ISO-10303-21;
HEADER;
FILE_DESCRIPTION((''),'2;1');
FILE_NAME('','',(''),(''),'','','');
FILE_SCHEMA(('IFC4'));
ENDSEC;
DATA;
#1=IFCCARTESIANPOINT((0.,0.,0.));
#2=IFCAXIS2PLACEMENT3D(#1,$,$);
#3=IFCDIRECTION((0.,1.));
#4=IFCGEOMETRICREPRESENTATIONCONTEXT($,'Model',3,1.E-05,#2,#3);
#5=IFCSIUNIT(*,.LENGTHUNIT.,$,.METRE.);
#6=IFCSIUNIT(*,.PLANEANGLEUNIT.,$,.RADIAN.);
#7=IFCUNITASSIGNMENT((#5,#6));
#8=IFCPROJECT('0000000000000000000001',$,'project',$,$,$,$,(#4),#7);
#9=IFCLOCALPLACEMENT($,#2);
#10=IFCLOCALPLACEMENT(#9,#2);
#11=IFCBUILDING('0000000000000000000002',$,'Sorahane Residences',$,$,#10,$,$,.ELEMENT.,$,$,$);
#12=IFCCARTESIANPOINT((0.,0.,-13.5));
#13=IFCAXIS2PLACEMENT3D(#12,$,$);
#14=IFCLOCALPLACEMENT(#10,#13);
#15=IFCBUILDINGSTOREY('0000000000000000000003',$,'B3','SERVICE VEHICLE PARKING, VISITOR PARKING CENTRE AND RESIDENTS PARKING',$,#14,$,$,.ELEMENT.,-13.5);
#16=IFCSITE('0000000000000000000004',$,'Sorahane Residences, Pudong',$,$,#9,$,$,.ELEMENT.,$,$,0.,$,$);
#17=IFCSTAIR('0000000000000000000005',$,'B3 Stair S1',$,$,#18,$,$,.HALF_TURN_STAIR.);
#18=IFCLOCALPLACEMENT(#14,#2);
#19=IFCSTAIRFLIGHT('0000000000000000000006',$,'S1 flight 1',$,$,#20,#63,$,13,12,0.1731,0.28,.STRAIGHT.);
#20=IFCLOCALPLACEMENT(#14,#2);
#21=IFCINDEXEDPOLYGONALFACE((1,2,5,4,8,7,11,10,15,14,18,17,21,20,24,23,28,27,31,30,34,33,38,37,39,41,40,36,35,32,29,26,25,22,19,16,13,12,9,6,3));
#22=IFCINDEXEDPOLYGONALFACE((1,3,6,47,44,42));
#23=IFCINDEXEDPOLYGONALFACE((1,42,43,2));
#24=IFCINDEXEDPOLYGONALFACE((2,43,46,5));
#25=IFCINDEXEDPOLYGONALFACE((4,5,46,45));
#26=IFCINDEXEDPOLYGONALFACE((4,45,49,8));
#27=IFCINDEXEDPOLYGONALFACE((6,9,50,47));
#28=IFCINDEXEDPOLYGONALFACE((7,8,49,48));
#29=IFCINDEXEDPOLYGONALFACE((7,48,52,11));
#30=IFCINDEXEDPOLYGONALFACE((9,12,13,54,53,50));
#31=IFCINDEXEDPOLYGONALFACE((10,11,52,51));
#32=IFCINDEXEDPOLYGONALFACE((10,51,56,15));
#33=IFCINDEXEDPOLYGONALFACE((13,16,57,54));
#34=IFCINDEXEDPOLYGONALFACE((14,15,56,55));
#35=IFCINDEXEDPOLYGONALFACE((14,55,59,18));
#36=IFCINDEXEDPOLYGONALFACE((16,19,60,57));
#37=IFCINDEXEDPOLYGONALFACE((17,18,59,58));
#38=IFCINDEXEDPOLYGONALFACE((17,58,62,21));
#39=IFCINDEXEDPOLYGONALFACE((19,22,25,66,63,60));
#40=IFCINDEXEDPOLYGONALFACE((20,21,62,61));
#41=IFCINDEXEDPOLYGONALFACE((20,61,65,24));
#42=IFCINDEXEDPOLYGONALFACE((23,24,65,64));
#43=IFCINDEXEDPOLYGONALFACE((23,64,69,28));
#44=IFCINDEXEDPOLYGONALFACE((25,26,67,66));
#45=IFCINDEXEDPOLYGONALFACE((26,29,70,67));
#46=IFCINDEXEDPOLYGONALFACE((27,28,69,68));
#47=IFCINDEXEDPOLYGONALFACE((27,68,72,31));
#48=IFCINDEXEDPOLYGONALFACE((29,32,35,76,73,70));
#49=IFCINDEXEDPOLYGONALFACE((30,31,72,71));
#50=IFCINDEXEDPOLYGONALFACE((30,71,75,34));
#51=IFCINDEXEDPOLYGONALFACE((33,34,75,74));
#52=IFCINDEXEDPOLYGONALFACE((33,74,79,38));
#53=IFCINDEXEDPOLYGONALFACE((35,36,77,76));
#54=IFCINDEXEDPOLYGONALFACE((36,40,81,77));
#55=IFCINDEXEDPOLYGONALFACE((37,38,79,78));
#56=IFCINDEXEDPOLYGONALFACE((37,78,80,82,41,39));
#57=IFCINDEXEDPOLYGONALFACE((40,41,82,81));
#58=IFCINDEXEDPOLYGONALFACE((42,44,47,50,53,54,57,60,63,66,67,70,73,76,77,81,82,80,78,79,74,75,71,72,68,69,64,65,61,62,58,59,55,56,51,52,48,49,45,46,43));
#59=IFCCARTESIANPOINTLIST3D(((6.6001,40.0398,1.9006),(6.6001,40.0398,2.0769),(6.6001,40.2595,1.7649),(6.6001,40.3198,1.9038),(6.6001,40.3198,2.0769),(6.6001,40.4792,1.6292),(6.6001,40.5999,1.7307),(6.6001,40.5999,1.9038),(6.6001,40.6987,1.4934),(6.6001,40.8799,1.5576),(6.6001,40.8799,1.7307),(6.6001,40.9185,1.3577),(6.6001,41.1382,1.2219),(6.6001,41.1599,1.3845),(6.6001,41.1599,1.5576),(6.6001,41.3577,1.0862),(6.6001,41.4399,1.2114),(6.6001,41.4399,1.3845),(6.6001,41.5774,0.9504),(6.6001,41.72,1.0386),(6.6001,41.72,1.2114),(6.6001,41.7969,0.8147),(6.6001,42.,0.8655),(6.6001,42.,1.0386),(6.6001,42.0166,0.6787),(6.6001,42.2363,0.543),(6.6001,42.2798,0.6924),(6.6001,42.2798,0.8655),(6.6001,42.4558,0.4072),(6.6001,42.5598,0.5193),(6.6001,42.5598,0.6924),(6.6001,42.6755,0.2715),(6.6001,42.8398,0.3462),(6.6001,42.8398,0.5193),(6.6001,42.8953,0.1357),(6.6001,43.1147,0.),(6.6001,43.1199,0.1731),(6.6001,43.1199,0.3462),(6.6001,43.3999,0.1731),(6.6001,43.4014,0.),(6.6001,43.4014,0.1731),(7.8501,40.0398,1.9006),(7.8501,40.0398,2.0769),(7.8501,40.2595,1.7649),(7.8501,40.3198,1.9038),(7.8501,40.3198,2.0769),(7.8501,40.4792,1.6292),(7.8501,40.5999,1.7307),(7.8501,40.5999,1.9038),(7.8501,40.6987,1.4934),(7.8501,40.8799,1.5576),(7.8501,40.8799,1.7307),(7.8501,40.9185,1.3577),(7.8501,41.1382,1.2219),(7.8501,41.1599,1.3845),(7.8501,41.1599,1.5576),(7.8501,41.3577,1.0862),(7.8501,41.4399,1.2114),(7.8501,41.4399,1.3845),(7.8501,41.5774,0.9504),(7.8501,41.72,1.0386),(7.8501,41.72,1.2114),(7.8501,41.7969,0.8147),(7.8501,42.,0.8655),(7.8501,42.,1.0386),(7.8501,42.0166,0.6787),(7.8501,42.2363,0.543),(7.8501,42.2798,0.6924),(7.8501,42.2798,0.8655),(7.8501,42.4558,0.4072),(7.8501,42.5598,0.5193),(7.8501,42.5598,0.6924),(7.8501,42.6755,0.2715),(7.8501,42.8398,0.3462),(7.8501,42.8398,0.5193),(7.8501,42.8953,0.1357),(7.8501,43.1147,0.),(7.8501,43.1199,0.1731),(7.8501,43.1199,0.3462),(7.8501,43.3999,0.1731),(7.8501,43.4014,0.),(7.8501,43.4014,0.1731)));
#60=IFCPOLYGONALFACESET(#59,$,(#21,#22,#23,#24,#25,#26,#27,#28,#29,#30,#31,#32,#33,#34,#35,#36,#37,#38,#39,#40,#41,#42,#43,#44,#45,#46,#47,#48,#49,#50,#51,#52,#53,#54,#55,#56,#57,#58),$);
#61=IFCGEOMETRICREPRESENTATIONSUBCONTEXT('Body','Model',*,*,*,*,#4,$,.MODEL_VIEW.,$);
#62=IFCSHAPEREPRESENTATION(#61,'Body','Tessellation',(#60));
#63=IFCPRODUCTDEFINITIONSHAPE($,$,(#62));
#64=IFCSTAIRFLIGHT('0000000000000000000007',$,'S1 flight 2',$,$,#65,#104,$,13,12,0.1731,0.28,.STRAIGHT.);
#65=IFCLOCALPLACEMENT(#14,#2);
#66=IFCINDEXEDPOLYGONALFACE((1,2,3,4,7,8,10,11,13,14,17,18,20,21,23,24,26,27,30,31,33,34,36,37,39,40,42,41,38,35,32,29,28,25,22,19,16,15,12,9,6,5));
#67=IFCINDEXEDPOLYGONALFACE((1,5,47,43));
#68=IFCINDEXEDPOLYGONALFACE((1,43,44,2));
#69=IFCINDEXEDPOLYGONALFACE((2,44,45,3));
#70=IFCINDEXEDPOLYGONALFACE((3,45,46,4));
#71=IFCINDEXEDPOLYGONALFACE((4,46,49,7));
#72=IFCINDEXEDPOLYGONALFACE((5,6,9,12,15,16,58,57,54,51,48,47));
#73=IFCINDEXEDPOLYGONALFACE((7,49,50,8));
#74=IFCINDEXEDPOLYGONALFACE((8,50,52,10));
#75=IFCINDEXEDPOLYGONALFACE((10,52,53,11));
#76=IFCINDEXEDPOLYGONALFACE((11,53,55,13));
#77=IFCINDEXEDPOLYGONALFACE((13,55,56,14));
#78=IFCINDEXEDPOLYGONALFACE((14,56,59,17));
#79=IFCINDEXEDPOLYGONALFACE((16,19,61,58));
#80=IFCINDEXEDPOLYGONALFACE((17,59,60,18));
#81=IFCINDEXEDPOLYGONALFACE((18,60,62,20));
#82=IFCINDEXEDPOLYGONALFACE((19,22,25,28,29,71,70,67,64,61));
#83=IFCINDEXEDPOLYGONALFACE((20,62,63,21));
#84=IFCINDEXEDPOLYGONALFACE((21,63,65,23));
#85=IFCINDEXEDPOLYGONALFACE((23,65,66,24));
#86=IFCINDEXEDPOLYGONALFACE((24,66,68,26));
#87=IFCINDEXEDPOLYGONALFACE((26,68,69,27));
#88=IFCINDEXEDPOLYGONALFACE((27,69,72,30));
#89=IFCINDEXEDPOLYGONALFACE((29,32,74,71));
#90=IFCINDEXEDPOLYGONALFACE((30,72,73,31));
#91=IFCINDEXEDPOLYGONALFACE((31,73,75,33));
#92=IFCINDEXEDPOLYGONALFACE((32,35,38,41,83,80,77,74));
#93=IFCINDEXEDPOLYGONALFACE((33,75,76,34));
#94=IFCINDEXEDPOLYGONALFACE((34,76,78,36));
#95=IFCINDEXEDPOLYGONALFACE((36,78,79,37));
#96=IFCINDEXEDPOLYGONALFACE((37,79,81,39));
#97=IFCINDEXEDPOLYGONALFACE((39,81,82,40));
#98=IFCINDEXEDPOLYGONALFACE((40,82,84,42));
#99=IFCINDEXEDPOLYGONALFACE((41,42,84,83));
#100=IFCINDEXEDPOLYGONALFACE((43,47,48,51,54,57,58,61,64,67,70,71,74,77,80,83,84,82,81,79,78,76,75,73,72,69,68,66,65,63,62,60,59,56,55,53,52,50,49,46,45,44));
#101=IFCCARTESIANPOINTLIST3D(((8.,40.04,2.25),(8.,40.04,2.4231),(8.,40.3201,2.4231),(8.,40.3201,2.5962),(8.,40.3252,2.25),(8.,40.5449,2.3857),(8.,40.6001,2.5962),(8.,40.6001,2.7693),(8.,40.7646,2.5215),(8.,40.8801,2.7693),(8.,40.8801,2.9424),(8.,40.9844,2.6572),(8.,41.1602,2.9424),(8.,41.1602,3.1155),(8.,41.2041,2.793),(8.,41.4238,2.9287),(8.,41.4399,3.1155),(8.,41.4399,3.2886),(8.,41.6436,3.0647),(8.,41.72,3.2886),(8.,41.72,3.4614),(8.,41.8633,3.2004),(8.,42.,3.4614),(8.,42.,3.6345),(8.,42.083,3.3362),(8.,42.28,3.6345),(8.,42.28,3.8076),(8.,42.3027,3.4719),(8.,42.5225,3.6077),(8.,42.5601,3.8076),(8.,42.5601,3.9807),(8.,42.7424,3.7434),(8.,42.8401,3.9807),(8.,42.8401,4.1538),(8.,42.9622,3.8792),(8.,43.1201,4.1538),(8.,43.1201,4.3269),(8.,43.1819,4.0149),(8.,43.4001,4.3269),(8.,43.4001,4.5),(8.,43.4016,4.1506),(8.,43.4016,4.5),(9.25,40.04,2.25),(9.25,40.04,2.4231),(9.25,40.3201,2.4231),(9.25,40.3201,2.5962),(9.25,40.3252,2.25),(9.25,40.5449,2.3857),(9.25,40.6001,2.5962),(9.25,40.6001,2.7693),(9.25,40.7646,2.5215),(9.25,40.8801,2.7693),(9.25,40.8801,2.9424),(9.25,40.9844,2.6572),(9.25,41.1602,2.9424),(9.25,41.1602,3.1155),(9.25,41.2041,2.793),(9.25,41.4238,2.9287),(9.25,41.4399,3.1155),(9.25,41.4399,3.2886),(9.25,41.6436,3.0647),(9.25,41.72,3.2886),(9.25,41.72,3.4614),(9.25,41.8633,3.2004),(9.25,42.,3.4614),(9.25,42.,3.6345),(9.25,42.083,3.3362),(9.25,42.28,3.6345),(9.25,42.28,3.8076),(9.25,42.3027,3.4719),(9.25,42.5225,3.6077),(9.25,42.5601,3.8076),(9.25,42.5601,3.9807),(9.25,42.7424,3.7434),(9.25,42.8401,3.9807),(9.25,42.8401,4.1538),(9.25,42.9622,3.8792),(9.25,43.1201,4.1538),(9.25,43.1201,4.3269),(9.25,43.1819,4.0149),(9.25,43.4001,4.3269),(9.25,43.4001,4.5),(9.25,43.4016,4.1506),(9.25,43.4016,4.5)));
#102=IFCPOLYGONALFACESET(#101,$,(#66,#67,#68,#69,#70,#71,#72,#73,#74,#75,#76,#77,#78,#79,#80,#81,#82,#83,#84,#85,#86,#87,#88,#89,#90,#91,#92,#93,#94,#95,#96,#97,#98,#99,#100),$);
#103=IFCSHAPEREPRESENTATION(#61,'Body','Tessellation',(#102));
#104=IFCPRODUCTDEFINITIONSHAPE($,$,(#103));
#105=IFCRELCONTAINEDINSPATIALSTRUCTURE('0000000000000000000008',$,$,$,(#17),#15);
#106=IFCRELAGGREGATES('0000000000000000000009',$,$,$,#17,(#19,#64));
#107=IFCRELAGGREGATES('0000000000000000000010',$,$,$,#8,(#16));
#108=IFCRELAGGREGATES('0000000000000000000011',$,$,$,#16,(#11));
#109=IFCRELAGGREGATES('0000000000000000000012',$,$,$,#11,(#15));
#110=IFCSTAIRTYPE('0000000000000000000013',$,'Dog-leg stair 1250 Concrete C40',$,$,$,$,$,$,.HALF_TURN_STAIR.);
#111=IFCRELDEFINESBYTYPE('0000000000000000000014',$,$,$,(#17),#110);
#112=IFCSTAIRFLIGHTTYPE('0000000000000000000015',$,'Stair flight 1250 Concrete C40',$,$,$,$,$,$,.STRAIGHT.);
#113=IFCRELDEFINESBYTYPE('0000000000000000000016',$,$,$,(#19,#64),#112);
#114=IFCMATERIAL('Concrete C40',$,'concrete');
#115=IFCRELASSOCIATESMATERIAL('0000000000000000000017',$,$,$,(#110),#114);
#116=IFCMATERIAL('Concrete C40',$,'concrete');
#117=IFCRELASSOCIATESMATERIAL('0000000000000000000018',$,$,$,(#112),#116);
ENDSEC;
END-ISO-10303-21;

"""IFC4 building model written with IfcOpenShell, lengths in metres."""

from ifc_helpers import new_model, si_unit, direction, frame, origin, place, context, subcontext, project, spatial, polyline, outline, extrude, material, type_object, element, aggregate, save


model = new_model("IFC4")

# Units and contexts
model_context = context("Model", 3, precision=1e-05, world=origin(), true_north=direction((0.0, 1.0)))
body_context = subcontext(model_context, "Body", "Model", "MODEL_VIEW")
ifc_project = project(units=[si_unit("LENGTHUNIT", "METRE"), si_unit("PLANEANGLEUNIT", "RADIAN")], contexts=[model_context])

# Site, building, storey
site_placement = place(None, origin())
site = spatial("IfcSite", under=ifc_project, at=site_placement, Name="Sorahane Residences, Pudong", CompositionType="ELEMENT", RefElevation=0.0)
building_placement = place(site_placement, origin())
building = spatial("IfcBuilding", under=site, at=building_placement, Name="Sorahane Residences", CompositionType="ELEMENT")
storey_placement = place(building_placement, frame((0.0, 0.0, -13.5)))
storey = spatial("IfcBuildingStorey", under=building, at=storey_placement, Name="B3", Description="SERVICE VEHICLE PARKING, VISITOR PARKING CENTRE AND RESIDENTS PARKING", CompositionType="ELEMENT", Elevation=-13.5)

# Stair, stair flights
ifc_material_1 = material(Name="Concrete C40", Category="concrete")
stair_type = type_object("IfcStairType", Name="Dog-leg stair 1250 Concrete C40", PredefinedType="HALF_TURN_STAIR", material=ifc_material_1)
stair_placement = place(storey_placement, origin())
stair = element("IfcStair", 1, at=stair_placement, inside=storey, type_object=stair_type, Name="B3 Stair S1", PredefinedType="HALF_TURN_STAIR")
ifc_material_2 = material(Name="Concrete C40", Category="concrete")
stair_flight_type = type_object("IfcStairFlightType", Name="Stair flight 1250 Concrete C40", PredefinedType="STRAIGHT", material=ifc_material_2)
stair_flight_1_placement = place(storey_placement, frame((7.2251, 43.3999, 0.0), z_axis=(0.0, 0.0, 1.0), x_axis=(0.0, -1.0, 0.0)))
stair_flight_1 = element("IfcStairFlight", 2, at=stair_flight_1_placement, type_object=stair_flight_type, Name="S1 flight 1", NumberOfRisers=13, NumberOfTreads=12, PredefinedType="STRAIGHT", RiserHeight=0.1731, TreadLength=0.28, context=body_context, shape_type="SweptSolid", body=[
    extrude(outline(polyline([(-0.0015, 0.0), (-0.0015, 0.1731), (0.0, 0.1731), (0.28, 0.1731), (0.28, 0.3462), (0.5601, 0.3462), (0.5601, 0.5193), (0.8401, 0.5193), (0.8401, 0.6924), (1.1201, 0.6924), (1.1201, 0.8655), (1.3999, 0.8655), (1.3999, 1.0386), (1.6799, 1.0386), (1.6799, 1.2114), (1.96, 1.2114), (1.96, 1.3845), (2.24, 1.3845), (2.24, 1.5576), (2.52, 1.5576), (2.52, 1.7307), (2.8, 1.7307), (2.8, 1.9038), (3.0801, 1.9038), (3.0801, 2.0769), (3.3601, 2.0769), (3.3601, 2.25), (3.3601, 1.9006), (3.1404, 1.7649), (2.9207, 1.6292), (2.7012, 1.4934), (2.4814, 1.3577), (2.2617, 1.2219), (2.0422, 1.0862), (1.8225, 0.9504), (1.603, 0.8147), (1.3833, 0.6787), (1.1636, 0.543), (0.9441, 0.4072), (0.7244, 0.2715), (0.5046, 0.1357), (0.2852, 0.0), (-0.0015, 0.0)])), frame((0.0, 0.625, 0.0), z_axis=(0.0, -1.0, 0.0), x_axis=(1.0, 0.0, 0.0)), (0.0, 0.0, 1.0), 1.25),
])
stair_flight_2_placement = place(storey_placement, frame((8.625, 40.04, 2.25), z_axis=(0.0, 0.0, 1.0), x_axis=(0.0, 1.0, 0.0)))
stair_flight_2 = element("IfcStairFlight", 3, at=stair_flight_2_placement, type_object=stair_flight_type, Name="S1 flight 2", NumberOfRisers=13, NumberOfTreads=12, PredefinedType="STRAIGHT", RiserHeight=0.1731, TreadLength=0.28, context=body_context, shape_type="SweptSolid", body=[
    extrude(outline(polyline([(0.0, 0.0), (0.0, 0.1731), (0.28, 0.1731), (0.28, 0.3462), (0.5601, 0.3462), (0.5601, 0.5193), (0.8401, 0.5193), (0.8401, 0.6924), (1.1201, 0.6924), (1.1201, 0.8655), (1.3999, 0.8655), (1.3999, 1.0386), (1.6799, 1.0386), (1.6799, 1.2114), (1.96, 1.2114), (1.96, 1.3845), (2.24, 1.3845), (2.24, 1.5576), (2.52, 1.5576), (2.52, 1.7307), (2.8, 1.7307), (2.8, 1.9038), (3.0801, 1.9038), (3.0801, 2.0769), (3.3601, 2.0769), (3.3601, 2.25), (3.3616, 2.25), (3.3616, 1.9006), (3.1418, 1.7649), (2.9221, 1.6292), (2.7024, 1.4934), (2.4824, 1.3577), (2.2627, 1.2219), (2.043, 1.0862), (1.8232, 0.9504), (1.6035, 0.8147), (1.3838, 0.6787), (1.1641, 0.543), (0.9443, 0.4072), (0.7246, 0.2715), (0.5049, 0.1357), (0.2852, 0.0), (0.0, 0.0)])), frame((0.0, 0.625, 0.0), z_axis=(0.0, -1.0, 0.0), x_axis=(1.0, 0.0, 0.0)), (0.0, 0.0, 1.0), 1.25),
])
aggregate(stair, [stair_flight_1, stair_flight_2])

save(model, "model.ifc")
